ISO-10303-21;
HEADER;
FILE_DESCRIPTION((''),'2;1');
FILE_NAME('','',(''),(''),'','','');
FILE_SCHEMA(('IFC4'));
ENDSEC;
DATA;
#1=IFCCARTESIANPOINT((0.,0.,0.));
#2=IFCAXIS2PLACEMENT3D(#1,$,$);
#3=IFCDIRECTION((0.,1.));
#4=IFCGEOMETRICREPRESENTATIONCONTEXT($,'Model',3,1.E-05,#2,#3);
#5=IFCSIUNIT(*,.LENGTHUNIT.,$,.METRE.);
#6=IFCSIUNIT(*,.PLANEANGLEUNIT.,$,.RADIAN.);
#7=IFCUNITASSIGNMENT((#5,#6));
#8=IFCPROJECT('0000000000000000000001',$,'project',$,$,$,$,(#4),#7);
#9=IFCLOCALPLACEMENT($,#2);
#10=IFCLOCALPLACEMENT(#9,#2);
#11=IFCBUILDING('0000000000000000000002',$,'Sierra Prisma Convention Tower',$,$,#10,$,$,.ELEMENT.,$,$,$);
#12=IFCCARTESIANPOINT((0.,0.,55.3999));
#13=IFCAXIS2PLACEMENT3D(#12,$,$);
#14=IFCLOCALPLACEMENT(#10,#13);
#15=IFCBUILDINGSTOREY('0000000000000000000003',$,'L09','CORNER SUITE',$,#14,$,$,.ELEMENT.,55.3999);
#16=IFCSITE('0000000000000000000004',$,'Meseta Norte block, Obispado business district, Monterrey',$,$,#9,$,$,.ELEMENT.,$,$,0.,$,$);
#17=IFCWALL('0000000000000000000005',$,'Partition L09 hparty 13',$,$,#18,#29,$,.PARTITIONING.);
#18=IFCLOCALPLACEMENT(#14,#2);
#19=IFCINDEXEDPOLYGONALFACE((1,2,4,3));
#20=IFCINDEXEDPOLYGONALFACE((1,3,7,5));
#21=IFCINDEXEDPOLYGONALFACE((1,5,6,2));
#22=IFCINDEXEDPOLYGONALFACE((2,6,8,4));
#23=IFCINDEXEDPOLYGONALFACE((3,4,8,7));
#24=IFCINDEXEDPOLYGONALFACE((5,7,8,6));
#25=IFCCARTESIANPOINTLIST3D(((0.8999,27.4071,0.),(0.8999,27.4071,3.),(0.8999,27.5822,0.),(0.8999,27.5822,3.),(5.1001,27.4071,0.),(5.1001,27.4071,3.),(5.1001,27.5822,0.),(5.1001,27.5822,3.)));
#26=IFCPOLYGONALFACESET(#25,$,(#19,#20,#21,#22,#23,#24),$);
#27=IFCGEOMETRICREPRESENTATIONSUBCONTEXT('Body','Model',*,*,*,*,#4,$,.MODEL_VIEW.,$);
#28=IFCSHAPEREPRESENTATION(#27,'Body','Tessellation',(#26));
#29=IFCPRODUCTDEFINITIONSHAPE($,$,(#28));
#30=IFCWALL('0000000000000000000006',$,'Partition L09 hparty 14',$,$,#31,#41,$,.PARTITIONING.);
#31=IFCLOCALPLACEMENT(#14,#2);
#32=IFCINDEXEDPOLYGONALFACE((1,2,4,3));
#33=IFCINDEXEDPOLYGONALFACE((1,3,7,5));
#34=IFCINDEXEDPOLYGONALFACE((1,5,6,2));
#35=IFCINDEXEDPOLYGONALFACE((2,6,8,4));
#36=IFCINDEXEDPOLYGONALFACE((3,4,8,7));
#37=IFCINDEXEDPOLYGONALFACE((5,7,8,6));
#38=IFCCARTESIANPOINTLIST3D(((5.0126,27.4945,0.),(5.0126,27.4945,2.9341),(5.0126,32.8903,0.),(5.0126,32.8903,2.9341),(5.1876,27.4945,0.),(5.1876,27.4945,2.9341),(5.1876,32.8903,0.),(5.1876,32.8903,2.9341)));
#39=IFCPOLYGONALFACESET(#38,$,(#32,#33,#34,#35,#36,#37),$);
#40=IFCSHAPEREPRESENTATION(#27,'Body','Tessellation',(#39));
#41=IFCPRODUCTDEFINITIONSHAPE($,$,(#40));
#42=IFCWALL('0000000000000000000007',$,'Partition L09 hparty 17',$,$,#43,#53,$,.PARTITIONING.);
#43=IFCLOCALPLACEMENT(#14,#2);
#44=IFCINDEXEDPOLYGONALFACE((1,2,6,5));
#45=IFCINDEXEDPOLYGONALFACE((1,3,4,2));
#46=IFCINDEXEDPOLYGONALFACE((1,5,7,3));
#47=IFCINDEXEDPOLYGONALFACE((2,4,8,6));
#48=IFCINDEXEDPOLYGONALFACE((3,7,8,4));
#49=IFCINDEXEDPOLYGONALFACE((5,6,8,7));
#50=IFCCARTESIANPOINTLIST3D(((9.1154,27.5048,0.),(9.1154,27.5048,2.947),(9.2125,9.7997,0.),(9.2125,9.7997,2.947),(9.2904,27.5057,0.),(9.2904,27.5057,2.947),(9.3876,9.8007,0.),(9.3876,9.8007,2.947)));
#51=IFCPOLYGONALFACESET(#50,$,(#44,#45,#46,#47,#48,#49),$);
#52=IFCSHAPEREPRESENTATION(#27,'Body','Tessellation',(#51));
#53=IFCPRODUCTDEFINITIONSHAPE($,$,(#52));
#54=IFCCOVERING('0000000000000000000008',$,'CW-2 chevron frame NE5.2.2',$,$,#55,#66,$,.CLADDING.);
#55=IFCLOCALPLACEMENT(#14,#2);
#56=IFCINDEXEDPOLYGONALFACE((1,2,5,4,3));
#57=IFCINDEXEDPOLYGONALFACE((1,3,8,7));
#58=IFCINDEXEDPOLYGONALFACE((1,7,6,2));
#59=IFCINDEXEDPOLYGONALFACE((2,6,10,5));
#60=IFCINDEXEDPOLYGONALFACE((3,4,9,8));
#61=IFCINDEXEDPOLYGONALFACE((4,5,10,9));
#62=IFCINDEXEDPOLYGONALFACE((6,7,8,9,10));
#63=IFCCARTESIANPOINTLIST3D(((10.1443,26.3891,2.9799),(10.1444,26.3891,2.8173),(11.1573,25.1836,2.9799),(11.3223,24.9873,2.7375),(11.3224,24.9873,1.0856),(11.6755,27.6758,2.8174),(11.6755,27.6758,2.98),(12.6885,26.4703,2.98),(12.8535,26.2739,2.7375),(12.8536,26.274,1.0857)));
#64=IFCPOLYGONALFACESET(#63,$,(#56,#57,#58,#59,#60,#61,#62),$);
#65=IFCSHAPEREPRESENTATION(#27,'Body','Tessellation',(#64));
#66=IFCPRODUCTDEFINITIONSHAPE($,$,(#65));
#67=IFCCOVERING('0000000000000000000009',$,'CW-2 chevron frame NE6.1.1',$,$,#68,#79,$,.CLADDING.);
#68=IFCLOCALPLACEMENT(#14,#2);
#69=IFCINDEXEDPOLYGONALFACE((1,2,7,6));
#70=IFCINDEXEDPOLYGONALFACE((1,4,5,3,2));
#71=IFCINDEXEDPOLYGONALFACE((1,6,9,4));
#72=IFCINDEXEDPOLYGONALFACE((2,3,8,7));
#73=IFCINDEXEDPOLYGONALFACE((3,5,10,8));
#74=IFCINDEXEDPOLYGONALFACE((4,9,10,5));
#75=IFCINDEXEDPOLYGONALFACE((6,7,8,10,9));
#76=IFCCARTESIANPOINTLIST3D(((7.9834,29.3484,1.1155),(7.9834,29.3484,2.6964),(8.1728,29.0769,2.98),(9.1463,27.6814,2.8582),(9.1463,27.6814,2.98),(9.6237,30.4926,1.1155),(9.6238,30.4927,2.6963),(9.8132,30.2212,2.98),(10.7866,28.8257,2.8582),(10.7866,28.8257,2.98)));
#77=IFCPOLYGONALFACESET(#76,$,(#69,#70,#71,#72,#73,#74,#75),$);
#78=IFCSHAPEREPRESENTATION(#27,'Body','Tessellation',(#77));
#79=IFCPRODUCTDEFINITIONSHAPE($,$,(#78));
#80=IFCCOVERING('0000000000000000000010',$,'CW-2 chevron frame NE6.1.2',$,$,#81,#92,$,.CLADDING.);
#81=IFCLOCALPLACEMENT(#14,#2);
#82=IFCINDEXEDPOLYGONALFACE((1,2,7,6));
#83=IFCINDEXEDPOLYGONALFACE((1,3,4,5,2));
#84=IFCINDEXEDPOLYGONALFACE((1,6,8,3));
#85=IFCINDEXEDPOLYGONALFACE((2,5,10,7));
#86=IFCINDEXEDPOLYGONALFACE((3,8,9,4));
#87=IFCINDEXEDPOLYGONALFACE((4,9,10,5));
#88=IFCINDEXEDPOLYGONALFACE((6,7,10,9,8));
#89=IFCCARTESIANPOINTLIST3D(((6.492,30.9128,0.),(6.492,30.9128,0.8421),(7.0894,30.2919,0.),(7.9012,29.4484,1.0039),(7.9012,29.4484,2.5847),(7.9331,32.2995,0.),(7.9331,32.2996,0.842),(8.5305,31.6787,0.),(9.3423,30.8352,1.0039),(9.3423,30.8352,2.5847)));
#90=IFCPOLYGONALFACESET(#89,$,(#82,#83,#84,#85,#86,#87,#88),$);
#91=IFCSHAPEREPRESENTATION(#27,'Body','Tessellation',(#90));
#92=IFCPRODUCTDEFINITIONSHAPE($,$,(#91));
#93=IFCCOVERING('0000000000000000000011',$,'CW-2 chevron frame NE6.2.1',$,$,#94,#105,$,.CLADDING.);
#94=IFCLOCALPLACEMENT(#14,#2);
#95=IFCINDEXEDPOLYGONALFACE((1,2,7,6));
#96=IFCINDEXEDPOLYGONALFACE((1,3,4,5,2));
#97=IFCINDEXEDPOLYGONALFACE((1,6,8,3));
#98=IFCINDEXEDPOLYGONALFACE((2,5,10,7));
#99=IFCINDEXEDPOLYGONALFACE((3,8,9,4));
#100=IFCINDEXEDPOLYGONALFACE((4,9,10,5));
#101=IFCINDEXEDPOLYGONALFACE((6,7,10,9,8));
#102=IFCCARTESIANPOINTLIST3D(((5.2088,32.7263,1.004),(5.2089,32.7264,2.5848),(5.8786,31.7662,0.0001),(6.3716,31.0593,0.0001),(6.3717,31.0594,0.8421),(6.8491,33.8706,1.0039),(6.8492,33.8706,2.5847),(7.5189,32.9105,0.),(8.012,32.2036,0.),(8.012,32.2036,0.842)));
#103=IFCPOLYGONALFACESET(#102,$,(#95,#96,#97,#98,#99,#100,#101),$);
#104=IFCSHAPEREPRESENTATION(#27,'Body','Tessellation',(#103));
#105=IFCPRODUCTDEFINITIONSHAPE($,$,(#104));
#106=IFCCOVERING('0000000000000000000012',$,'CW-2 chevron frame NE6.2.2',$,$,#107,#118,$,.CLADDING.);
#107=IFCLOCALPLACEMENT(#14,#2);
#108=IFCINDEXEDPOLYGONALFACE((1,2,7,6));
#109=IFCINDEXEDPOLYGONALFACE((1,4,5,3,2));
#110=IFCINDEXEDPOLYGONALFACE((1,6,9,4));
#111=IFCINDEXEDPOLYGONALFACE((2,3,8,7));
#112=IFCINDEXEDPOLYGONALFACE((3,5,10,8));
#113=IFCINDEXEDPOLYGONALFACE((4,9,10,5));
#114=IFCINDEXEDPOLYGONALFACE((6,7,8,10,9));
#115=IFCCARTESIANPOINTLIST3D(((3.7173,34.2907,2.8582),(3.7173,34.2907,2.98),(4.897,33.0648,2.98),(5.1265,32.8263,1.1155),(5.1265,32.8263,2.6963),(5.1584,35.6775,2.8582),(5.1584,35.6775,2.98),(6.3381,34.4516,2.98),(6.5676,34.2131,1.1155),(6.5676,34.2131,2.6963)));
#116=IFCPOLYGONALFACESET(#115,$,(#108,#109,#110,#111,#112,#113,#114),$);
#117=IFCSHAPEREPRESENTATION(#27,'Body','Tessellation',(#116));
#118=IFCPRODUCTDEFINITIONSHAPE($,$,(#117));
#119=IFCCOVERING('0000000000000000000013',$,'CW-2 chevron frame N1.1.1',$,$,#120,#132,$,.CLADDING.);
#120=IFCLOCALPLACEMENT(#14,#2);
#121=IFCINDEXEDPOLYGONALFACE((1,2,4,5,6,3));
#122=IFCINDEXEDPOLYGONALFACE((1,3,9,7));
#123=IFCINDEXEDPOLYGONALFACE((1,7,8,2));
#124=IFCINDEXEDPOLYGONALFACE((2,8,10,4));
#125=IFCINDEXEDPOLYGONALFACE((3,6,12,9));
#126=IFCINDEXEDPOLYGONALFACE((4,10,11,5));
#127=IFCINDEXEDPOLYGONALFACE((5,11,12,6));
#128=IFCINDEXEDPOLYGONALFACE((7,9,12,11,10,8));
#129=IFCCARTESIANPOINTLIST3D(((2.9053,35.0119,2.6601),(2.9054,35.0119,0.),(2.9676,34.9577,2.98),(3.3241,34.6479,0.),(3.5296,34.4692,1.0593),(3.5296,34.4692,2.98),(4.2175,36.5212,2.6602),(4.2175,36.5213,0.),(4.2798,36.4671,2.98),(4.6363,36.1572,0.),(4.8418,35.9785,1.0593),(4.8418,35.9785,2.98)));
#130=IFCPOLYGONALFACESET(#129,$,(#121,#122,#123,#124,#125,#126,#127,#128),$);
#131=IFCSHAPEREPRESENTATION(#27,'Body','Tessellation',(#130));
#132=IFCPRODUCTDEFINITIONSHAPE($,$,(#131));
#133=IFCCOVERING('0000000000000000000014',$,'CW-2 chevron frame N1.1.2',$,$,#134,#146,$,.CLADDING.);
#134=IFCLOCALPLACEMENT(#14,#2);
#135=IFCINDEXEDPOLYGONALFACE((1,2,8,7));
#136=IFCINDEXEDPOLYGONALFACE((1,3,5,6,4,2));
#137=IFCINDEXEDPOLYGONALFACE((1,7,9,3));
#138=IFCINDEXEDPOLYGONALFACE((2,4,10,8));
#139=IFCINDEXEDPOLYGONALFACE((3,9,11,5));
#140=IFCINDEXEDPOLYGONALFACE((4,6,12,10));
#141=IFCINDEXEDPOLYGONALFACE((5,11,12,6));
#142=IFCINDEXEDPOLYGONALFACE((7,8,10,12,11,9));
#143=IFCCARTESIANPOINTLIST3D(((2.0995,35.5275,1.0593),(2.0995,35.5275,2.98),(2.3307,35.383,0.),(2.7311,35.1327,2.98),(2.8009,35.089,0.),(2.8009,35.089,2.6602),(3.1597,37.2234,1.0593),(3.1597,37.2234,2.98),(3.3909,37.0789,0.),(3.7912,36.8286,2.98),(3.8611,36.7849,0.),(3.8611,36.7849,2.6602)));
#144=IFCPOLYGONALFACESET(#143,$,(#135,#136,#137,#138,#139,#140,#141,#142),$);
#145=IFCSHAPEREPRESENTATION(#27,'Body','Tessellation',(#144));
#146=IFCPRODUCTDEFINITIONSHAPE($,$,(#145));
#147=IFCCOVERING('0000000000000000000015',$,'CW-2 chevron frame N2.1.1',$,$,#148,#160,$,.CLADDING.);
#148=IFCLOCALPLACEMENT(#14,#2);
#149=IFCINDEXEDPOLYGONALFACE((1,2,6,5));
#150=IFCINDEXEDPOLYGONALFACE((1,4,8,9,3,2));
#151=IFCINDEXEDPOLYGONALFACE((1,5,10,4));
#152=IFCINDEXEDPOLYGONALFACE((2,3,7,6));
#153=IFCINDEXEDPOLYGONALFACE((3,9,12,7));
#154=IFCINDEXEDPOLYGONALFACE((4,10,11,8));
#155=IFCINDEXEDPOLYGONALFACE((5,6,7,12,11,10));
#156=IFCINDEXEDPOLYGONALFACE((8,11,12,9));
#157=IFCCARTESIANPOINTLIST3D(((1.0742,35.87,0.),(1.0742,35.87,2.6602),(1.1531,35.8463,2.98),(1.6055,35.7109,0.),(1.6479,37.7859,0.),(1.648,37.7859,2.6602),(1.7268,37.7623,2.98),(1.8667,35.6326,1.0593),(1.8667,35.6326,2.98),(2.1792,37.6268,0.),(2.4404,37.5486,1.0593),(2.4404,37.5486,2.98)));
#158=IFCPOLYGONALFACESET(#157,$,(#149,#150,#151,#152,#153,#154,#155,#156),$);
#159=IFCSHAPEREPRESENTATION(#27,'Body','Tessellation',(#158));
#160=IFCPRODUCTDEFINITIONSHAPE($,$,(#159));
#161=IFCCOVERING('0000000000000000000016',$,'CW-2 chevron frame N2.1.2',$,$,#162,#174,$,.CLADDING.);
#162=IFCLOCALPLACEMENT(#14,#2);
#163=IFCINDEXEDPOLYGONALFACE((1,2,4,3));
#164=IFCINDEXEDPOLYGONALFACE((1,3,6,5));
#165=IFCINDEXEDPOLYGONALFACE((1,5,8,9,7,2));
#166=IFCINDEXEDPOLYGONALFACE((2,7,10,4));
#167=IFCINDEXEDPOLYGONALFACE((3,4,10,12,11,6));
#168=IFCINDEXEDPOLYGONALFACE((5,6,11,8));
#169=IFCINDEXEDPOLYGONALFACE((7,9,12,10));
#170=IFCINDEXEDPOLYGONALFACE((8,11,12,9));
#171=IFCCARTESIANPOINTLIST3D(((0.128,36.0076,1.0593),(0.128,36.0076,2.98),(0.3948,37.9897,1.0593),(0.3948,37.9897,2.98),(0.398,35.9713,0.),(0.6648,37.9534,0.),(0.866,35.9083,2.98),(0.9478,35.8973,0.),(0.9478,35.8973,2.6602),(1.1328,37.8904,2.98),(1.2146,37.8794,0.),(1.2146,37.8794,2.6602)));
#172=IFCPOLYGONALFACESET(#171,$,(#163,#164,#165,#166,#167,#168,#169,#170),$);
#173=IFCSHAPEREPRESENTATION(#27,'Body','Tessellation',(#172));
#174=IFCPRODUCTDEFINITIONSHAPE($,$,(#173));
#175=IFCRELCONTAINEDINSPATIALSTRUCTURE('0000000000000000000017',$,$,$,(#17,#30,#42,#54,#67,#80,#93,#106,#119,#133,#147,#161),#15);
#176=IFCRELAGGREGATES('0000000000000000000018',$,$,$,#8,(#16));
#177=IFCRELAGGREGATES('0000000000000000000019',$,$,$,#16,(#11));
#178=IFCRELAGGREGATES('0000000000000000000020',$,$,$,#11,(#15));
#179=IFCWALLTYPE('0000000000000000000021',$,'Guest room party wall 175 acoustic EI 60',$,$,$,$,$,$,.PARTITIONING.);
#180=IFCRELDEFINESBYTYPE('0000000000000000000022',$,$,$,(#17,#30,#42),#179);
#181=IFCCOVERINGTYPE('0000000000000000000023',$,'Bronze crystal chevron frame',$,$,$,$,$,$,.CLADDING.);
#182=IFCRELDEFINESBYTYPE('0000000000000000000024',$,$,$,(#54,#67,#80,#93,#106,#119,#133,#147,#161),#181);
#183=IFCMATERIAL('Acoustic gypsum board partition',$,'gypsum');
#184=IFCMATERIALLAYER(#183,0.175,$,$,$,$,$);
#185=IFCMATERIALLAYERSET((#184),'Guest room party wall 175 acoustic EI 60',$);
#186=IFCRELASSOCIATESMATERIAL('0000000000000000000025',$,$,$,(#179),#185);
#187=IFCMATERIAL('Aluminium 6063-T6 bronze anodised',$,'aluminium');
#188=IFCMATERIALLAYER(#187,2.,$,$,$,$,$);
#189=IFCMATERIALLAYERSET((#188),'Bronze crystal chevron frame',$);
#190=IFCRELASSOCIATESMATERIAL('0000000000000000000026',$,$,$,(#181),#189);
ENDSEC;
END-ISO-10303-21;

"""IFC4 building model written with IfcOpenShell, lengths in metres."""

from ifc_helpers import new_model, si_unit, direction, frame, frame_2d, origin, place, context, subcontext, project, spatial, polyline, rectangle, outline, extrude, material, layer, layer_set, type_object, element, save


model = new_model("IFC4")

# Units and contexts
model_context = context("Model", 3, precision=1e-05, world=origin(), true_north=direction((0.0, 1.0)))
body_context = subcontext(model_context, "Body", "Model", "MODEL_VIEW")
ifc_project = project(units=[si_unit("LENGTHUNIT", "METRE"), si_unit("PLANEANGLEUNIT", "RADIAN")], contexts=[model_context])

# Site, building, storey
site_placement = place(None, origin())
site = spatial("IfcSite", under=ifc_project, at=site_placement, Name="Meseta Norte block, Obispado business district, Monterrey", CompositionType="ELEMENT", RefElevation=0.0)
building_placement = place(site_placement, origin())
building = spatial("IfcBuilding", under=site, at=building_placement, Name="Sierra Prisma Convention Tower", CompositionType="ELEMENT")
storey_placement = place(building_placement, frame((0.0, 0.0, 55.3999)))
storey = spatial("IfcBuildingStorey", under=building, at=storey_placement, Name="L09", Description="CORNER SUITE", CompositionType="ELEMENT", Elevation=55.3999)

# Walls
ifc_material_1 = material(Name="Acoustic gypsum board partition", Category="gypsum")
ifc_layer_1 = layer(ifc_material_1, 0.175)
ifc_layer_set_1 = layer_set([ifc_layer_1], Name="Guest room party wall 175 acoustic EI 60")
wall_type_1 = type_object("IfcWallType", Name="Guest room party wall 175 acoustic EI 60", PredefinedType="PARTITIONING", material=ifc_layer_set_1)
wall_1_placement = place(storey_placement, frame((0.8999, 27.4946, 0.0), z_axis=(0.0, 0.0, 1.0), x_axis=(1.0, 0.0, 0.0)))
element("IfcWall", 1, at=wall_1_placement, inside=storey, type_object=wall_type_1, Name="Partition L09 hparty 13", PredefinedType="PARTITIONING", context=body_context, shape_type="SweptSolid", body=[
    extrude(rectangle(XDim=4.2002, YDim=0.175, at=frame_2d((2.1001, 0.0))), origin(), (0.0, 0.0, 1.0), 3.0),
])
wall_2_placement = place(storey_placement, frame((5.1001, 27.4946, 0.0), z_axis=(0.0, 0.0, 1.0), x_axis=(0.0, 1.0, 0.0)))
element("IfcWall", 2, at=wall_2_placement, inside=storey, type_object=wall_type_1, Name="Partition L09 hparty 14", PredefinedType="PARTITIONING", context=body_context, shape_type="SweptSolid", body=[
    extrude(rectangle(XDim=5.3958, YDim=0.175, at=frame_2d((2.6978, 0.0))), origin(), (0.0, 0.0, 1.0), 2.9341),
])
wall_3_placement = place(storey_placement, frame((9.2029, 27.5051, 0.0), z_axis=(0.0, 0.0, 1.0), x_axis=(0.005488, -0.999985, 0.0)))
element("IfcWall", 3, at=wall_3_placement, inside=storey, type_object=wall_type_1, Name="Partition L09 hparty 17", PredefinedType="PARTITIONING", context=body_context, shape_type="SweptSolid", body=[
    extrude(rectangle(XDim=17.7053, YDim=0.175, at=frame_2d((8.8525, 0.0))), origin(), (0.0, 0.0, 1.0), 2.947),
])

# Coverings
ifc_material_2 = material(Name="Aluminium 6063-T6 bronze anodised", Category="aluminium")
ifc_layer_2 = layer(ifc_material_2, 2.0)
ifc_layer_set_2 = layer_set([ifc_layer_2], Name="Bronze crystal chevron frame")
covering_type = type_object("IfcCoveringType", Name="Bronze crystal chevron frame", PredefinedType="CLADDING", material=ifc_layer_set_2)
covering_1_placement = place(storey_placement, frame((11.6755, 27.6758, 2.98), z_axis=(0.765595, 0.643323, 0.000037), x_axis=(0.643323, -0.765595, 0.0)))
element("IfcCovering", 4, at=covering_1_placement, inside=storey, type_object=covering_type, Name="CW-2 chevron frame NE5.2.2", PredefinedType="CLADDING", context=body_context, shape_type="SweptSolid", body=[
    extrude(outline(polyline([(0.0, 0.0), (1.5746, 0.0), (1.8311, 0.2424), (1.8311, 1.8943), (0.0, 0.1626), (0.0, 0.0)])), origin(), (0.0, 0.0, -1.0), 2.0),
])
covering_2_placement = place(storey_placement, frame((10.7866, 28.8257, 2.98), z_axis=(0.82017, 0.57212, -0.000031), x_axis=(-0.000026, -0.000018, -1.0)))
element("IfcCovering", 5, at=covering_2_placement, inside=storey, type_object=covering_type, Name="CW-2 chevron frame NE6.1.1", PredefinedType="CLADDING", context=body_context, shape_type="SweptSolid", body=[
    extrude(outline(polyline([(0.0, 0.0), (0.1218, 0.0), (1.8645, 2.0325), (0.2837, 2.0325), (0.0, 1.7014), (0.0, 0.0)])), origin(), (0.0, 0.0, -1.0), 2.0),
])
covering_3_placement = place(storey_placement, frame((9.3423, 30.8352, 2.5847), z_axis=(0.720555, 0.693398, -0.000011), x_axis=(-0.000008, -0.000008, -1.0)))
element("IfcCovering", 6, at=covering_3_placement, inside=storey, type_object=covering_type, Name="CW-2 chevron frame NE6.1.2", PredefinedType="CLADDING", context=body_context, shape_type="SweptSolid", body=[
    extrude(outline(polyline([(0.0, 0.0), (1.5808, 0.0), (2.5847, 1.1707), (2.5847, 2.0323), (1.7427, 2.0323), (0.0, 0.0)])), origin(), (0.0, 0.0, -1.0), 2.0),
])
covering_4_placement = place(storey_placement, frame((8.012, 32.2036, 0.0), z_axis=(0.820157, 0.572139, -0.000038), x_axis=(-0.572139, 0.820157, 0.0)))
element("IfcCovering", 7, at=covering_4_placement, inside=storey, type_object=covering_type, Name="CW-2 chevron frame NE6.2.1", PredefinedType="CLADDING", context=body_context, shape_type="SweptSolid", body=[
    extrude(outline(polyline([(0.0, 0.0), (0.8618, 0.0), (2.0325, 1.0039), (2.0325, 2.5847), (0.0, 0.842), (0.0, 0.0)])), origin(), (0.0, 0.0, -1.0), 2.0),
])
covering_5_placement = place(storey_placement, frame((5.1584, 35.6775, 2.98), z_axis=(0.72055, 0.693403, -0.000017), x_axis=(0.693403, -0.72055, 0.0)))
element("IfcCovering", 8, at=covering_5_placement, inside=storey, type_object=covering_type, Name="CW-2 chevron frame NE6.2.2", PredefinedType="CLADDING", context=body_context, shape_type="SweptSolid", body=[
    extrude(outline(polyline([(0.0, 0.0), (1.7013, 0.0), (2.0323, 0.2837), (2.0323, 1.8645), (0.0, 0.1218), (0.0, 0.0)])), origin(), (0.0, 0.0, -1.0), 2.0),
])
covering_6_placement = place(storey_placement, frame((4.8418, 35.9785, 2.98), z_axis=(0.656096, 0.754678, 0.00001), x_axis=(0.000006, 0.000007, -1.0)))
element("IfcCovering", 9, at=covering_6_placement, inside=storey, type_object=covering_type, Name="CW-2 chevron frame N1.1.1", PredefinedType="CLADDING", context=body_context, shape_type="SweptSolid", body=[
    extrude(outline(polyline([(0.0, 0.0), (1.9207, 0.0), (2.98, 0.2724), (2.98, 0.8272), (0.3198, 0.8272), (0.0, 0.7447), (0.0, 0.0)])), origin(), (0.0, 0.0, -1.0), 2.0),
])
covering_7_placement = place(storey_placement, frame((3.8611, 36.7849, 0.0), z_axis=(0.530076, 0.84795, -0.000008), x_axis=(-0.84795, 0.530076, 0.0)))
element("IfcCovering", 10, at=covering_7_placement, inside=storey, type_object=covering_type, Name="CW-2 chevron frame N1.1.2", PredefinedType="CLADDING", context=body_context, shape_type="SweptSolid", body=[
    extrude(outline(polyline([(0.0, 0.0), (0.5545, 0.0), (0.8272, 1.0593), (0.8272, 2.98), (0.0824, 2.98), (0.0, 2.6602), (0.0, 0.0)])), origin(), (0.0, 0.0, -1.0), 2.0),
])
covering_8_placement = place(storey_placement, frame((2.4404, 37.5486, 2.98), z_axis=(0.286877, 0.957967, -0.000005), x_axis=(-0.000002, -0.000005, -1.0)))
element("IfcCovering", 11, at=covering_8_placement, inside=storey, type_object=covering_type, Name="CW-2 chevron frame N2.1.1", PredefinedType="CLADDING", context=body_context, shape_type="SweptSolid", body=[
    extrude(outline(polyline([(0.0, 0.0), (1.9207, 0.0), (2.98, 0.2727), (2.98, 0.8272), (0.3198, 0.8272), (0.0, 0.7449), (0.0, 0.0)])), origin(), (0.0, 0.0, -1.0), 2.0),
])
covering_9_placement = place(storey_placement, frame((1.2146, 37.8794, 0.0), z_axis=(0.133395, 0.991063, -0.000002), x_axis=(-0.991063, 0.133395, 0.0)))
element("IfcCovering", 12, at=covering_9_placement, inside=storey, type_object=covering_type, Name="CW-2 chevron frame N2.1.2", PredefinedType="CLADDING", context=body_context, shape_type="SweptSolid", body=[
    extrude(outline(polyline([(0.0, 0.0), (0.5548, 0.0), (0.8272, 1.0593), (0.8272, 2.98), (0.0825, 2.98), (0.0, 2.6602), (0.0, 0.0)])), origin(), (0.0, 0.0, -1.0), 2.0),
])

save(model, "model.ifc")
